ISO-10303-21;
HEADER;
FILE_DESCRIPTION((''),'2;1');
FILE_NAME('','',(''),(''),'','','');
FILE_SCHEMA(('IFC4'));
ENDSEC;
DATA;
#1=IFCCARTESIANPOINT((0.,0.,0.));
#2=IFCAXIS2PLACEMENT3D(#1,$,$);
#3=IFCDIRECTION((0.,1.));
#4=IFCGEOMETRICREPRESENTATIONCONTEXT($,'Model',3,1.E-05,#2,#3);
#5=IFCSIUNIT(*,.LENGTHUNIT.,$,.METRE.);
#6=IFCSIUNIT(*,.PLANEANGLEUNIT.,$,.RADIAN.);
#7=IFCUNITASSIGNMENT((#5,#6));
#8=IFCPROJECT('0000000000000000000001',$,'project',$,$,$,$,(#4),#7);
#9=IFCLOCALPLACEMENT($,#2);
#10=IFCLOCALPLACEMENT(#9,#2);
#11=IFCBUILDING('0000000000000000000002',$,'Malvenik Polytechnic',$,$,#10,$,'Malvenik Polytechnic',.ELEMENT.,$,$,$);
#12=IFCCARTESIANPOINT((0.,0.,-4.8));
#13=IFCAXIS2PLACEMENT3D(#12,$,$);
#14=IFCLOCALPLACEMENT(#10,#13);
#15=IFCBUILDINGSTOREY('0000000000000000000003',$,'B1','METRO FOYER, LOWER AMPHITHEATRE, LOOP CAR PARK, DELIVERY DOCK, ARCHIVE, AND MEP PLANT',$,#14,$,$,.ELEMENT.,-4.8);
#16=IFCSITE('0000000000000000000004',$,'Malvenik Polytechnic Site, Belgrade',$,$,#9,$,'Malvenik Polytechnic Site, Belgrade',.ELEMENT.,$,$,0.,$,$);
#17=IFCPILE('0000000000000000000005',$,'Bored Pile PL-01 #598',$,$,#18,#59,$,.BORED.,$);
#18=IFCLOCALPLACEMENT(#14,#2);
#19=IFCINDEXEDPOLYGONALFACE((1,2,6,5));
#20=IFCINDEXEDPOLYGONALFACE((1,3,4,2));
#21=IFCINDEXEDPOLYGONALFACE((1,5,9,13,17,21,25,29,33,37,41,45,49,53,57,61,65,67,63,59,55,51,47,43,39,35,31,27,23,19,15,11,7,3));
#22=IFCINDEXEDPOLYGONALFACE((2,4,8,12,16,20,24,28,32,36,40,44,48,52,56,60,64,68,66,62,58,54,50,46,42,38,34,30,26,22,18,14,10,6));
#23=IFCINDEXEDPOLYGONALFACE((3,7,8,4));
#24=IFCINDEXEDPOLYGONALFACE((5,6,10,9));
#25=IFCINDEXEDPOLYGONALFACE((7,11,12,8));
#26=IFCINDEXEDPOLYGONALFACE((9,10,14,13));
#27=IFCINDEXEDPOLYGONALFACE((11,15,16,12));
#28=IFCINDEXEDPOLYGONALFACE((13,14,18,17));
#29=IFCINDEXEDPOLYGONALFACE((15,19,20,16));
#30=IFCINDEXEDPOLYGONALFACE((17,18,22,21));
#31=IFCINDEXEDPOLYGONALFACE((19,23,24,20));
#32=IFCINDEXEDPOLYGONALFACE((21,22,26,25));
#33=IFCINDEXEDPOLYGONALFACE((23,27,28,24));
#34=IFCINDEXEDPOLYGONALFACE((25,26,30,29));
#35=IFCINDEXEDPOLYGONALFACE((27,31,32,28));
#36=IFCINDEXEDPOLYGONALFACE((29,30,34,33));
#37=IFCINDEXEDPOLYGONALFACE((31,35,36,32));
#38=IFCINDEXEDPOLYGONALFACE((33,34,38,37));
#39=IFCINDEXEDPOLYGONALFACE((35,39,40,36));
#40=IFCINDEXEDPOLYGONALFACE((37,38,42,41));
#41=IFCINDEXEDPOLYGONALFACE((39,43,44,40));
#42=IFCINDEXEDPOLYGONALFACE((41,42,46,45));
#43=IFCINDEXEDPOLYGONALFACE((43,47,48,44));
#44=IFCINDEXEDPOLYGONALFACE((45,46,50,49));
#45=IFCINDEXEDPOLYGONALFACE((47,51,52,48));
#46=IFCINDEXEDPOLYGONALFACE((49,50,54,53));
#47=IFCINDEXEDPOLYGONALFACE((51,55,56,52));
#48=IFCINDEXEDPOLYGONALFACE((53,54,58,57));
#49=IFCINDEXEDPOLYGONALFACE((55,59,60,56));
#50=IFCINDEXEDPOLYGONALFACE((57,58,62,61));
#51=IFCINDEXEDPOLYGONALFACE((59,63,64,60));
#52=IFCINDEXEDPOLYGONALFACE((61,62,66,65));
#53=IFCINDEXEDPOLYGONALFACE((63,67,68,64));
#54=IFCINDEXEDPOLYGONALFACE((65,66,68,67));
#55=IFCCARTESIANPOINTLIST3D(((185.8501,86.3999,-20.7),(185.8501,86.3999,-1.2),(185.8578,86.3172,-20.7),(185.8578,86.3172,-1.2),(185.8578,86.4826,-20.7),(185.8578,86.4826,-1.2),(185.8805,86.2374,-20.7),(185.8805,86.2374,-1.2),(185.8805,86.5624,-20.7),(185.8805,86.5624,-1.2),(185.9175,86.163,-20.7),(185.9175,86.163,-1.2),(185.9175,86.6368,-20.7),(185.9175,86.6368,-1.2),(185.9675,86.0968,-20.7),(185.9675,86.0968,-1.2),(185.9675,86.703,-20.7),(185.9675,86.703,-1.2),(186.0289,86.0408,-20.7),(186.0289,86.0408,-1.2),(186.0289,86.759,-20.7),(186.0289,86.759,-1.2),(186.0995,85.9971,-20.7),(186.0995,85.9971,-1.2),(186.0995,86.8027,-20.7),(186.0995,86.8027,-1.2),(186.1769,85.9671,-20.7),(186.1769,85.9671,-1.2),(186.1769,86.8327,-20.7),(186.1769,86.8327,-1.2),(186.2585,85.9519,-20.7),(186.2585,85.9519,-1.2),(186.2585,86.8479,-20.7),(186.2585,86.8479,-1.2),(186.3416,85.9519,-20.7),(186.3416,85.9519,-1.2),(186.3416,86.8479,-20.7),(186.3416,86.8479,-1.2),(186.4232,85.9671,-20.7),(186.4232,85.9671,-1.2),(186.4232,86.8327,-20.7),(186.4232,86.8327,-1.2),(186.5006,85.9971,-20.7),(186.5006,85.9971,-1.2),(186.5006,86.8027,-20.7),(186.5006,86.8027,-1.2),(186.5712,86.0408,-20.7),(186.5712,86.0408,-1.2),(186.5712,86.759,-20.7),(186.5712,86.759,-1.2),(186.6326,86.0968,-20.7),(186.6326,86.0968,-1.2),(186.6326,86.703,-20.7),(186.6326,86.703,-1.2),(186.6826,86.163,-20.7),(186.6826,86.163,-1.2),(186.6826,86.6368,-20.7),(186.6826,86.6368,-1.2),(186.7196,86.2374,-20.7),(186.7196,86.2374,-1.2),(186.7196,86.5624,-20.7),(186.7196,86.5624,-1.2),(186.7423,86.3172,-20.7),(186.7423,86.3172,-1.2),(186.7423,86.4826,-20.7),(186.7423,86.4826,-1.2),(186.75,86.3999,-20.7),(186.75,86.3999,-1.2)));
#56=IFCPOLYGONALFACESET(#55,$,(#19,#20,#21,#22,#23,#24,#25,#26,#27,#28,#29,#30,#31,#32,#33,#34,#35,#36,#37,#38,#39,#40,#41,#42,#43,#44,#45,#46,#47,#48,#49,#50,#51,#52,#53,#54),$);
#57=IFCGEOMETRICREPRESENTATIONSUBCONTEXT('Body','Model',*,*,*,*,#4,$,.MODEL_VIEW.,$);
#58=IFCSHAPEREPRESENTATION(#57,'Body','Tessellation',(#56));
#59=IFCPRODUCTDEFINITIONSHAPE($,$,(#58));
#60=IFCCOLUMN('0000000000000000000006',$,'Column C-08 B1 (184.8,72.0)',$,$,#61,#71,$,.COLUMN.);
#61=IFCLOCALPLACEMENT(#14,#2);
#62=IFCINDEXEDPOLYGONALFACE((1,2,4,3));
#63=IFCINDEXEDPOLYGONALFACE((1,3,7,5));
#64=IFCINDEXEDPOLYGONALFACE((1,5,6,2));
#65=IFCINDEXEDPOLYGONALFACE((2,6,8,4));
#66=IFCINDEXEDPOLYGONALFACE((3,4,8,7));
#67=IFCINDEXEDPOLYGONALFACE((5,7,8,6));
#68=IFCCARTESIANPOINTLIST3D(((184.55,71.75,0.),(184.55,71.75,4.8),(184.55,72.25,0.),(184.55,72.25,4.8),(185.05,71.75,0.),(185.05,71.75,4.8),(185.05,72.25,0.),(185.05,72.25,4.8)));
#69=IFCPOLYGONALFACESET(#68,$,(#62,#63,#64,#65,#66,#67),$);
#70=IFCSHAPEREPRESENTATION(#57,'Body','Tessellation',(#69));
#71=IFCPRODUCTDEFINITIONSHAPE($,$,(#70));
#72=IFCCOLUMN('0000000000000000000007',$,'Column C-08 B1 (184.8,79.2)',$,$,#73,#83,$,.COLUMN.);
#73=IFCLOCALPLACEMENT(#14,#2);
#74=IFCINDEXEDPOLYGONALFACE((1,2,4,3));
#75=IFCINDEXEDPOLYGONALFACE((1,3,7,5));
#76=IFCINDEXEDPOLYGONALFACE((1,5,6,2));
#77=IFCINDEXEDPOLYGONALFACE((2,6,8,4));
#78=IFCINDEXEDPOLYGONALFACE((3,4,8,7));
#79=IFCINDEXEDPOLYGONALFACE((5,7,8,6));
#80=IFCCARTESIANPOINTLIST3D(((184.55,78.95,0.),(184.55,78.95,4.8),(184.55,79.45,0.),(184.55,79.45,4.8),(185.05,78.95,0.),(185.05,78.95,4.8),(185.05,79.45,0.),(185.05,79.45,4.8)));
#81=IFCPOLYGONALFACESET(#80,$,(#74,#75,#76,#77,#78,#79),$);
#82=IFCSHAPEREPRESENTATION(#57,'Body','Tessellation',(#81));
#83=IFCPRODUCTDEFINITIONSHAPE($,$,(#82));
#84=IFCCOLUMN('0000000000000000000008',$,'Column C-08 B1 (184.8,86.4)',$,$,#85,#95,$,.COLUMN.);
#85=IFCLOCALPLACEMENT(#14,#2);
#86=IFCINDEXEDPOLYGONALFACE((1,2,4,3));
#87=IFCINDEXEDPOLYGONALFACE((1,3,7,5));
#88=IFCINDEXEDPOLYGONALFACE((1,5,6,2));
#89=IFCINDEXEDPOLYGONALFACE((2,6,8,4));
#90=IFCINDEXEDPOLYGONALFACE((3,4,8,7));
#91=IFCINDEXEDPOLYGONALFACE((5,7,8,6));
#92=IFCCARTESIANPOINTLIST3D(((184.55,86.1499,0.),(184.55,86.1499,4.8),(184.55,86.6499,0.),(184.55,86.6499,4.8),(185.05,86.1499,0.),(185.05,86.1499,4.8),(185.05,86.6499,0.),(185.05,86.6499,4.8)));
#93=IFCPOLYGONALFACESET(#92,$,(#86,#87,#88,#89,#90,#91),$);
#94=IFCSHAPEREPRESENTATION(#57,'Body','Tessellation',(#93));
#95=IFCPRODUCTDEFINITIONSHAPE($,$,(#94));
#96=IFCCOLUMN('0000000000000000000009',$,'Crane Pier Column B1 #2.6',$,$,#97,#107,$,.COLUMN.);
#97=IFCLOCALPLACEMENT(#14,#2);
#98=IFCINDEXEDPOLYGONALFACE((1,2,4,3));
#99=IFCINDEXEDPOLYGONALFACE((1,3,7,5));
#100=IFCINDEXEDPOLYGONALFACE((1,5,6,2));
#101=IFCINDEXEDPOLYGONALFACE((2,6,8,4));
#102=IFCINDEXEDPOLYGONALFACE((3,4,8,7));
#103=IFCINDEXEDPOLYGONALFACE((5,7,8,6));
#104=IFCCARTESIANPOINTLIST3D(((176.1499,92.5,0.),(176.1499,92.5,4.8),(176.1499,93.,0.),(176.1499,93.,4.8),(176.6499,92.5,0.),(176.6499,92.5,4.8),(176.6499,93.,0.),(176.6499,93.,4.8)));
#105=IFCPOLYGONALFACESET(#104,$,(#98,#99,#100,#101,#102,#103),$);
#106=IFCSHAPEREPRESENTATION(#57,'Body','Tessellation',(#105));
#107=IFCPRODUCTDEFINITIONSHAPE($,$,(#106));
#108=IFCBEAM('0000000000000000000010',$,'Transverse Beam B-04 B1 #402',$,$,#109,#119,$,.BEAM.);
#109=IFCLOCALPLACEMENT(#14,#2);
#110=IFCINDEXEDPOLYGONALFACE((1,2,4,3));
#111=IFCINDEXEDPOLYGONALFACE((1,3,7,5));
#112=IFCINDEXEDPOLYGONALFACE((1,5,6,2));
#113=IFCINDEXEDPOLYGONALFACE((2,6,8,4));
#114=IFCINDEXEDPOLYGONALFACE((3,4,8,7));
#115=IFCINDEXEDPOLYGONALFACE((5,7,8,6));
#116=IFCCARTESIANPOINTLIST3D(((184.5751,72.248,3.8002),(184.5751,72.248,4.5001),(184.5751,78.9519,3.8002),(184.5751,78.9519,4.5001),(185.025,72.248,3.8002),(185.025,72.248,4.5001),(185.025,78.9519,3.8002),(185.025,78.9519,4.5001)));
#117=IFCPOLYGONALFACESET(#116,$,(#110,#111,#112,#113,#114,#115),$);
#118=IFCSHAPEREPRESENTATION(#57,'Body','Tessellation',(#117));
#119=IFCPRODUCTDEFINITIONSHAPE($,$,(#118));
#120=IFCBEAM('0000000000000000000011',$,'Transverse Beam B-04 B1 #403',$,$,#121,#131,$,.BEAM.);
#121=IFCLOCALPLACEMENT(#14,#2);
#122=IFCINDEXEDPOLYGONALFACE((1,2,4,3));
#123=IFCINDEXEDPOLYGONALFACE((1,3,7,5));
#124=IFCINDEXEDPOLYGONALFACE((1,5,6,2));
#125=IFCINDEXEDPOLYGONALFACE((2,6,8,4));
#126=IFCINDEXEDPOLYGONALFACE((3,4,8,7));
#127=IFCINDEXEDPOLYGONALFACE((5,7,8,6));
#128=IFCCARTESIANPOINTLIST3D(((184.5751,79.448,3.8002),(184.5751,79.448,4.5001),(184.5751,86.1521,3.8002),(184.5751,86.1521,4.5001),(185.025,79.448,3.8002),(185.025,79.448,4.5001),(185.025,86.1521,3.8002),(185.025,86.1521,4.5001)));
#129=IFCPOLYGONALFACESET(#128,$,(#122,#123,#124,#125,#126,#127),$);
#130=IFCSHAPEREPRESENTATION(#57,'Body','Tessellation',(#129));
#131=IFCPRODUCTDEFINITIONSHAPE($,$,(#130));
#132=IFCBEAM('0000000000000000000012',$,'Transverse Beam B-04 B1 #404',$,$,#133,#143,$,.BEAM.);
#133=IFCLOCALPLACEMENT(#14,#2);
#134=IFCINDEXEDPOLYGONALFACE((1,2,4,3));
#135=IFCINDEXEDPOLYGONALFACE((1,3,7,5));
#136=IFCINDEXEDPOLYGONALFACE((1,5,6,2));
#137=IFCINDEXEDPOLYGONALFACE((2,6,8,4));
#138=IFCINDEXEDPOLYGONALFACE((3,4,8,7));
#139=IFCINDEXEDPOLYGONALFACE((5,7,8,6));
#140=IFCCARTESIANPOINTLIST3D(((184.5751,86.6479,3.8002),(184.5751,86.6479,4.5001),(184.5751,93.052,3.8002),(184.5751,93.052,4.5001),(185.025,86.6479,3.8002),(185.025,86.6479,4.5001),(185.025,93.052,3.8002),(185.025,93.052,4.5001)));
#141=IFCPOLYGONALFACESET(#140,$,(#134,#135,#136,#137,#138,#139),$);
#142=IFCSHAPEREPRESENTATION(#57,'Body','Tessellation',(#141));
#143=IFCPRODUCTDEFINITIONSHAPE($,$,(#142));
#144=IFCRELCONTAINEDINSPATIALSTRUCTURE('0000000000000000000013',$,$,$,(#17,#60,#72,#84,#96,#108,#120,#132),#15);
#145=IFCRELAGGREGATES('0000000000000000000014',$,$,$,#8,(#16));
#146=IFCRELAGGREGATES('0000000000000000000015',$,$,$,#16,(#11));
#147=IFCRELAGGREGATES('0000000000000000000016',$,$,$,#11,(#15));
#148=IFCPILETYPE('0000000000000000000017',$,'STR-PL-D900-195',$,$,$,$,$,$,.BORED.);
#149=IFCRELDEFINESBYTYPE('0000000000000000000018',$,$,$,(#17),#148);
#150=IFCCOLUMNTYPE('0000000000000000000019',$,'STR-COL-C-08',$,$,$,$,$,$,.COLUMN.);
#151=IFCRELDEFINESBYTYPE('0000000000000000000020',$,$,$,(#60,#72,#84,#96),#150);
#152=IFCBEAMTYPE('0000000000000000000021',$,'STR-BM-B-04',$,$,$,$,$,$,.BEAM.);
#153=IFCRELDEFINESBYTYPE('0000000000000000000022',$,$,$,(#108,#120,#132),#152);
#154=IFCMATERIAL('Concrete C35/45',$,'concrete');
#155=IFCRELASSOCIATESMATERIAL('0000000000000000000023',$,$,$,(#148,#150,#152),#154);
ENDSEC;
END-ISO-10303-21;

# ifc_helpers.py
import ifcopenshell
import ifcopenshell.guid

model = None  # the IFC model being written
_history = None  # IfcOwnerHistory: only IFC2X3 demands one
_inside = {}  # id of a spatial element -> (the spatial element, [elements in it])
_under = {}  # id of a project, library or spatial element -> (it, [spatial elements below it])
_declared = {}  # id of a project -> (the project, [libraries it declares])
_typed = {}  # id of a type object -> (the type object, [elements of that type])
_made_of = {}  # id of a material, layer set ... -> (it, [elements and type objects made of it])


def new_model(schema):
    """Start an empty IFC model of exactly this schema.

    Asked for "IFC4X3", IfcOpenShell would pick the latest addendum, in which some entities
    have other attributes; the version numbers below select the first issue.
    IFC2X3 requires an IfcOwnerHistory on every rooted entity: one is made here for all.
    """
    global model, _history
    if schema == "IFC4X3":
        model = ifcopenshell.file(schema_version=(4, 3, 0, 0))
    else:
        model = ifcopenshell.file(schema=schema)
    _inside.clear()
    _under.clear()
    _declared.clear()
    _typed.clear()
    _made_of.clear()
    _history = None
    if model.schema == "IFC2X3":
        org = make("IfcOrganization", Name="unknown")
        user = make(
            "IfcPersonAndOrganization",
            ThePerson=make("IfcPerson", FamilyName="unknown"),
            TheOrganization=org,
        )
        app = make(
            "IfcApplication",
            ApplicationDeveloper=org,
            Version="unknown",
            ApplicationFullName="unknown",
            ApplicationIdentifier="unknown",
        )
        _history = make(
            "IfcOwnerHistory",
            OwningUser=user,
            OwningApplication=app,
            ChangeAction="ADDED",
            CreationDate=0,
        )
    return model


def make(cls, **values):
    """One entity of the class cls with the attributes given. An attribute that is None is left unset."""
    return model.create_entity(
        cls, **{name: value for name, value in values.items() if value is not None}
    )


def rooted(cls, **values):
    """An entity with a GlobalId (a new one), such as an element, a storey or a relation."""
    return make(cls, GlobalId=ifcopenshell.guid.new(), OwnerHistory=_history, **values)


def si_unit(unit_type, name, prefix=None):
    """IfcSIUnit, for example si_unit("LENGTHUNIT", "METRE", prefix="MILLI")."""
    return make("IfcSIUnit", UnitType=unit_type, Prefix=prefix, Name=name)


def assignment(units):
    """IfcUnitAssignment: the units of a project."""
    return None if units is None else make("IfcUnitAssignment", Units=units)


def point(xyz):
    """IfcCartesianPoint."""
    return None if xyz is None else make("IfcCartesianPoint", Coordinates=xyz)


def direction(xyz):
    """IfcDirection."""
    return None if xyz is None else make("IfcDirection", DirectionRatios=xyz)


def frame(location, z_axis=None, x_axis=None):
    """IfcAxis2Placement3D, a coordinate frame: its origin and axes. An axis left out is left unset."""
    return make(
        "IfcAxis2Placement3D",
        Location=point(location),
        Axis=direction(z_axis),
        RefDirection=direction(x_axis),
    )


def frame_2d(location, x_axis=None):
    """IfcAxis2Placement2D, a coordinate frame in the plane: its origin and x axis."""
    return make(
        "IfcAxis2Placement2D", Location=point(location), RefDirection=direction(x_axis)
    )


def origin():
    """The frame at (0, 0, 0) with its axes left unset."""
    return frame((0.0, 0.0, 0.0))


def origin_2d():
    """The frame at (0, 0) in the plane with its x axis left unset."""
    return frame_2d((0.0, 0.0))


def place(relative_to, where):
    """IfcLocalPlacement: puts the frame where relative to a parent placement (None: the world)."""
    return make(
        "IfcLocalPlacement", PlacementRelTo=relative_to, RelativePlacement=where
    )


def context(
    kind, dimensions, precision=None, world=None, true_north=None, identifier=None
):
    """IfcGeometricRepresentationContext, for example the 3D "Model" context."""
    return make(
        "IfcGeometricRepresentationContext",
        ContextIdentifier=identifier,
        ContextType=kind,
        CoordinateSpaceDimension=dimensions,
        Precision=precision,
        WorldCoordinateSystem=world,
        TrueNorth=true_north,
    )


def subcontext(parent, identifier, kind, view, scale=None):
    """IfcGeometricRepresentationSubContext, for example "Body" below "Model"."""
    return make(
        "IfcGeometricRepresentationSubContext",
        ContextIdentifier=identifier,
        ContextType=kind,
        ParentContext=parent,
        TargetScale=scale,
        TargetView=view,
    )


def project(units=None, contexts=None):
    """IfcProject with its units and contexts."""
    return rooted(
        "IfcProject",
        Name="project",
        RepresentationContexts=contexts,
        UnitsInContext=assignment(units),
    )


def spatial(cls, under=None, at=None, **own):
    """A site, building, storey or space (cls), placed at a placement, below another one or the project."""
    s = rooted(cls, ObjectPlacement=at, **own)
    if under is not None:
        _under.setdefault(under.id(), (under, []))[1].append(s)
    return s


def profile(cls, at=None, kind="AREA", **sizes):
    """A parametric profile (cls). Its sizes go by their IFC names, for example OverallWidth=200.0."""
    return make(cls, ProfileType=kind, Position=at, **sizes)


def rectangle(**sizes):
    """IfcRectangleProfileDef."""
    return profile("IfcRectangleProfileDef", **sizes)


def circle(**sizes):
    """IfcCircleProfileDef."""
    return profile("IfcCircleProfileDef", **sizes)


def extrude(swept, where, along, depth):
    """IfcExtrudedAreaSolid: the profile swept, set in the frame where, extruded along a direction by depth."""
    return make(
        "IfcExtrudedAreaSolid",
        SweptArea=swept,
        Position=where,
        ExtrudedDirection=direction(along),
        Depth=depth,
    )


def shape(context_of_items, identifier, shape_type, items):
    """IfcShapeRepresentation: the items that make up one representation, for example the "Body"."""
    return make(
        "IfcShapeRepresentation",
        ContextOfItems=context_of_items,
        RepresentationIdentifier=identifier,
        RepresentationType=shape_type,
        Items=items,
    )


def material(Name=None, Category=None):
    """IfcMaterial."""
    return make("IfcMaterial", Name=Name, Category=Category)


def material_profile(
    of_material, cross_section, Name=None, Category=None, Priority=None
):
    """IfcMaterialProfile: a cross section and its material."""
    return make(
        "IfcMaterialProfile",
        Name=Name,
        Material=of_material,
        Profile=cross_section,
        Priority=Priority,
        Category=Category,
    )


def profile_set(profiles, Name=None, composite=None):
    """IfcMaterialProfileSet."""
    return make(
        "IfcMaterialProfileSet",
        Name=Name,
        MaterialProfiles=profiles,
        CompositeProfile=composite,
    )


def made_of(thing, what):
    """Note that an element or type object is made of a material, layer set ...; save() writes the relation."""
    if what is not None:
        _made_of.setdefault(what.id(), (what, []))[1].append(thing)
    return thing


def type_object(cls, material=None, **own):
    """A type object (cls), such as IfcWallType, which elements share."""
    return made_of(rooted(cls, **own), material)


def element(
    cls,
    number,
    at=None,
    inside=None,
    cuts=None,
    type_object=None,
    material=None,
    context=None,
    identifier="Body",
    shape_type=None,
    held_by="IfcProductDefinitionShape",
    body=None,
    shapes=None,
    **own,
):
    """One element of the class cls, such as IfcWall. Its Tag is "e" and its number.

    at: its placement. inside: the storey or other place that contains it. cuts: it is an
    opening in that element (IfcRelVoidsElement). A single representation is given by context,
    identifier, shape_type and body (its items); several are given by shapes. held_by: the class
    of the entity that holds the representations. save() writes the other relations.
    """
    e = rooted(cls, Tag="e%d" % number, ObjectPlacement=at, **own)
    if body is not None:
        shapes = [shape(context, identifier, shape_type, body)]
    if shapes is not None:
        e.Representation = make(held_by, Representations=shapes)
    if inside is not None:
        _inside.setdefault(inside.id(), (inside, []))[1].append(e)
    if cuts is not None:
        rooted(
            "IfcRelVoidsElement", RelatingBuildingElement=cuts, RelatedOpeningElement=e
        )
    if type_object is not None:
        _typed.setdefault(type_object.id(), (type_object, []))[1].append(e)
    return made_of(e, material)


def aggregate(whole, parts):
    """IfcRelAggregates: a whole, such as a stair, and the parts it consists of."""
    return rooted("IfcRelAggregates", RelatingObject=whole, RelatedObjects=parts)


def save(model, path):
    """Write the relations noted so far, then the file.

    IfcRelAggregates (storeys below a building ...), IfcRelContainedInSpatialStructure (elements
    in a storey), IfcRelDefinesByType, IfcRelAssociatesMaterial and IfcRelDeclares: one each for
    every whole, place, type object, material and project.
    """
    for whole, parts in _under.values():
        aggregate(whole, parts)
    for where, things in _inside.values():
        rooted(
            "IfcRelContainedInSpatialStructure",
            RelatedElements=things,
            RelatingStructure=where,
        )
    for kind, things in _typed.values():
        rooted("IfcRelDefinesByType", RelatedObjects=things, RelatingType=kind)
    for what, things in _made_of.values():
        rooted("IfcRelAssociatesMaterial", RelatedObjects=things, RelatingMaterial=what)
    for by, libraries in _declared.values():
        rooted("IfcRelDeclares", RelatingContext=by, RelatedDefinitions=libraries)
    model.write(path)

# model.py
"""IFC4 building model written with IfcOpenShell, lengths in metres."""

from ifc_helpers import new_model, si_unit, direction, frame, origin, origin_2d, place, context, subcontext, project, spatial, rectangle, circle, extrude, material, material_profile, profile_set, type_object, element, save


model = new_model("IFC4")

# Units and contexts
model_context = context("Model", 3, precision=1e-05, world=origin(), true_north=direction((0.0, 1.0)))
body_context = subcontext(model_context, "Body", "Model", "MODEL_VIEW")
ifc_project = project(units=[si_unit("LENGTHUNIT", "METRE"), si_unit("PLANEANGLEUNIT", "RADIAN")], contexts=[model_context])

# Site, building, storey
site_placement = place(None, origin())
site = spatial("IfcSite", under=ifc_project, at=site_placement, Name="Malvenik Polytechnic Site, Belgrade", LongName="Malvenik Polytechnic Site, Belgrade", CompositionType="ELEMENT", RefElevation=0.0)
building_placement = place(site_placement, origin())
building = spatial("IfcBuilding", under=site, at=building_placement, Name="Malvenik Polytechnic", LongName="Malvenik Polytechnic", CompositionType="ELEMENT")
storey_placement = place(building_placement, frame((0.0, 0.0, -4.8)))
storey = spatial("IfcBuildingStorey", under=building, at=storey_placement, Name="B1", Description="METRO FOYER, LOWER AMPHITHEATRE, LOOP CAR PARK, DELIVERY DOCK, ARCHIVE, AND MEP PLANT", CompositionType="ELEMENT", Elevation=-4.8)

# Shared definitions
ifc_material = material(Name="Concrete C35/45", Category="concrete")

# Pile
ifc_material_profile_1 = material_profile(ifc_material, circle(Radius=0.45, at=origin_2d()), Name="BORED PILE D900")
ifc_profile_set_1 = profile_set([ifc_material_profile_1], Name="Concrete C35/45")
pile_type_1 = type_object("IfcPileType", Name="STR-PL-D900-195", PredefinedType="BORED", material=ifc_profile_set_1)
for number, where, z_axis, x_axis, name in (
    (1, (186.3, 86.3999, -1.2), (0.0, 0.0, -1.0), (1.0, 0.0, 0.0), "Bored Pile PL-01 #598"),
):
    element("IfcPile", number, at=place(storey_placement, frame(where, z_axis=z_axis, x_axis=x_axis)), inside=storey, type_object=pile_type_1, Name=name, PredefinedType="BORED", context=body_context, shape_type="SweptSolid", body=[
        extrude(circle(Radius=0.45, at=origin_2d()), origin(), (0.0, 0.0, 1.0), 19.5),
    ])

# Columns
ifc_material_profile_2 = material_profile(ifc_material, rectangle(XDim=0.5, YDim=0.5, at=origin_2d()), Name="RC COL 500x500")
ifc_profile_set_2 = profile_set([ifc_material_profile_2], Name="Concrete C35/45")
column_type = type_object("IfcColumnType", Name="STR-COL-C-08", PredefinedType="COLUMN", material=ifc_profile_set_2)
for number, where, z_axis, x_axis, name in (
    (2, (184.8, 72.0, 0.0), (0.0, 0.0, 1.0), (1.0, 0.0, 0.0), "Column C-08 B1 (184.8,72.0)"),
    (3, (184.8, 79.2, 0.0), (0.0, 0.0, 1.0), (1.0, 0.0, 0.0), "Column C-08 B1 (184.8,79.2)"),
    (4, (184.8, 86.3999, 0.0), (0.0, 0.0, 1.0), (1.0, 0.0, 0.0), "Column C-08 B1 (184.8,86.4)"),
    (5, (176.3999, 92.75, 0.0), (0.0, 0.0, 1.0), (1.0, 0.0, 0.0), "Crane Pier Column B1 #2.6"),
):
    element("IfcColumn", number, at=place(storey_placement, frame(where, z_axis=z_axis, x_axis=x_axis)), inside=storey, type_object=column_type, Name=name, PredefinedType="COLUMN", context=body_context, shape_type="SweptSolid", body=[
        extrude(rectangle(XDim=0.5, YDim=0.5, at=origin_2d()), origin(), (0.0, 0.0, 1.0), 4.8),
    ])

# Beams
ifc_material_profile_3 = material_profile(ifc_material, rectangle(XDim=0.45, YDim=0.7, at=origin_2d()), Name="RC BM 450x700")
ifc_profile_set_3 = profile_set([ifc_material_profile_3], Name="Concrete C35/45")
beam_type = type_object("IfcBeamType", Name="STR-BM-B-04", PredefinedType="BEAM", material=ifc_profile_set_3)
beam_1_placement = place(storey_placement, frame((184.8, 72.248, 4.1501), z_axis=(0.0, 1.0, 0.0), x_axis=(-1.0, 0.0, 0.0)))
element("IfcBeam", 6, at=beam_1_placement, inside=storey, type_object=beam_type, Name="Transverse Beam B-04 B1 #402", PredefinedType="BEAM", context=body_context, shape_type="SweptSolid", body=[
    extrude(rectangle(XDim=0.45, YDim=0.7, at=origin_2d()), origin(), (0.0, 0.0, 1.0), 6.7039),
])
beam_2_placement = place(storey_placement, frame((184.8, 79.448, 4.1501), z_axis=(0.0, 1.0, 0.0), x_axis=(-1.0, 0.0, 0.0)))
element("IfcBeam", 7, at=beam_2_placement, inside=storey, type_object=beam_type, Name="Transverse Beam B-04 B1 #403", PredefinedType="BEAM", context=body_context, shape_type="SweptSolid", body=[
    extrude(rectangle(XDim=0.45, YDim=0.7, at=origin_2d()), origin(), (0.0, 0.0, 1.0), 6.7041),
])
beam_3_placement = place(storey_placement, frame((184.8, 86.6479, 4.1501), z_axis=(0.0, 1.0, 0.0), x_axis=(-1.0, 0.0, 0.0)))
element("IfcBeam", 8, at=beam_3_placement, inside=storey, type_object=beam_type, Name="Transverse Beam B-04 B1 #404", PredefinedType="BEAM", context=body_context, shape_type="SweptSolid", body=[
    extrude(rectangle(XDim=0.45, YDim=0.7, at=origin_2d()), origin(), (0.0, 0.0, 1.0), 6.4041),
])

save(model, "model.ifc")
